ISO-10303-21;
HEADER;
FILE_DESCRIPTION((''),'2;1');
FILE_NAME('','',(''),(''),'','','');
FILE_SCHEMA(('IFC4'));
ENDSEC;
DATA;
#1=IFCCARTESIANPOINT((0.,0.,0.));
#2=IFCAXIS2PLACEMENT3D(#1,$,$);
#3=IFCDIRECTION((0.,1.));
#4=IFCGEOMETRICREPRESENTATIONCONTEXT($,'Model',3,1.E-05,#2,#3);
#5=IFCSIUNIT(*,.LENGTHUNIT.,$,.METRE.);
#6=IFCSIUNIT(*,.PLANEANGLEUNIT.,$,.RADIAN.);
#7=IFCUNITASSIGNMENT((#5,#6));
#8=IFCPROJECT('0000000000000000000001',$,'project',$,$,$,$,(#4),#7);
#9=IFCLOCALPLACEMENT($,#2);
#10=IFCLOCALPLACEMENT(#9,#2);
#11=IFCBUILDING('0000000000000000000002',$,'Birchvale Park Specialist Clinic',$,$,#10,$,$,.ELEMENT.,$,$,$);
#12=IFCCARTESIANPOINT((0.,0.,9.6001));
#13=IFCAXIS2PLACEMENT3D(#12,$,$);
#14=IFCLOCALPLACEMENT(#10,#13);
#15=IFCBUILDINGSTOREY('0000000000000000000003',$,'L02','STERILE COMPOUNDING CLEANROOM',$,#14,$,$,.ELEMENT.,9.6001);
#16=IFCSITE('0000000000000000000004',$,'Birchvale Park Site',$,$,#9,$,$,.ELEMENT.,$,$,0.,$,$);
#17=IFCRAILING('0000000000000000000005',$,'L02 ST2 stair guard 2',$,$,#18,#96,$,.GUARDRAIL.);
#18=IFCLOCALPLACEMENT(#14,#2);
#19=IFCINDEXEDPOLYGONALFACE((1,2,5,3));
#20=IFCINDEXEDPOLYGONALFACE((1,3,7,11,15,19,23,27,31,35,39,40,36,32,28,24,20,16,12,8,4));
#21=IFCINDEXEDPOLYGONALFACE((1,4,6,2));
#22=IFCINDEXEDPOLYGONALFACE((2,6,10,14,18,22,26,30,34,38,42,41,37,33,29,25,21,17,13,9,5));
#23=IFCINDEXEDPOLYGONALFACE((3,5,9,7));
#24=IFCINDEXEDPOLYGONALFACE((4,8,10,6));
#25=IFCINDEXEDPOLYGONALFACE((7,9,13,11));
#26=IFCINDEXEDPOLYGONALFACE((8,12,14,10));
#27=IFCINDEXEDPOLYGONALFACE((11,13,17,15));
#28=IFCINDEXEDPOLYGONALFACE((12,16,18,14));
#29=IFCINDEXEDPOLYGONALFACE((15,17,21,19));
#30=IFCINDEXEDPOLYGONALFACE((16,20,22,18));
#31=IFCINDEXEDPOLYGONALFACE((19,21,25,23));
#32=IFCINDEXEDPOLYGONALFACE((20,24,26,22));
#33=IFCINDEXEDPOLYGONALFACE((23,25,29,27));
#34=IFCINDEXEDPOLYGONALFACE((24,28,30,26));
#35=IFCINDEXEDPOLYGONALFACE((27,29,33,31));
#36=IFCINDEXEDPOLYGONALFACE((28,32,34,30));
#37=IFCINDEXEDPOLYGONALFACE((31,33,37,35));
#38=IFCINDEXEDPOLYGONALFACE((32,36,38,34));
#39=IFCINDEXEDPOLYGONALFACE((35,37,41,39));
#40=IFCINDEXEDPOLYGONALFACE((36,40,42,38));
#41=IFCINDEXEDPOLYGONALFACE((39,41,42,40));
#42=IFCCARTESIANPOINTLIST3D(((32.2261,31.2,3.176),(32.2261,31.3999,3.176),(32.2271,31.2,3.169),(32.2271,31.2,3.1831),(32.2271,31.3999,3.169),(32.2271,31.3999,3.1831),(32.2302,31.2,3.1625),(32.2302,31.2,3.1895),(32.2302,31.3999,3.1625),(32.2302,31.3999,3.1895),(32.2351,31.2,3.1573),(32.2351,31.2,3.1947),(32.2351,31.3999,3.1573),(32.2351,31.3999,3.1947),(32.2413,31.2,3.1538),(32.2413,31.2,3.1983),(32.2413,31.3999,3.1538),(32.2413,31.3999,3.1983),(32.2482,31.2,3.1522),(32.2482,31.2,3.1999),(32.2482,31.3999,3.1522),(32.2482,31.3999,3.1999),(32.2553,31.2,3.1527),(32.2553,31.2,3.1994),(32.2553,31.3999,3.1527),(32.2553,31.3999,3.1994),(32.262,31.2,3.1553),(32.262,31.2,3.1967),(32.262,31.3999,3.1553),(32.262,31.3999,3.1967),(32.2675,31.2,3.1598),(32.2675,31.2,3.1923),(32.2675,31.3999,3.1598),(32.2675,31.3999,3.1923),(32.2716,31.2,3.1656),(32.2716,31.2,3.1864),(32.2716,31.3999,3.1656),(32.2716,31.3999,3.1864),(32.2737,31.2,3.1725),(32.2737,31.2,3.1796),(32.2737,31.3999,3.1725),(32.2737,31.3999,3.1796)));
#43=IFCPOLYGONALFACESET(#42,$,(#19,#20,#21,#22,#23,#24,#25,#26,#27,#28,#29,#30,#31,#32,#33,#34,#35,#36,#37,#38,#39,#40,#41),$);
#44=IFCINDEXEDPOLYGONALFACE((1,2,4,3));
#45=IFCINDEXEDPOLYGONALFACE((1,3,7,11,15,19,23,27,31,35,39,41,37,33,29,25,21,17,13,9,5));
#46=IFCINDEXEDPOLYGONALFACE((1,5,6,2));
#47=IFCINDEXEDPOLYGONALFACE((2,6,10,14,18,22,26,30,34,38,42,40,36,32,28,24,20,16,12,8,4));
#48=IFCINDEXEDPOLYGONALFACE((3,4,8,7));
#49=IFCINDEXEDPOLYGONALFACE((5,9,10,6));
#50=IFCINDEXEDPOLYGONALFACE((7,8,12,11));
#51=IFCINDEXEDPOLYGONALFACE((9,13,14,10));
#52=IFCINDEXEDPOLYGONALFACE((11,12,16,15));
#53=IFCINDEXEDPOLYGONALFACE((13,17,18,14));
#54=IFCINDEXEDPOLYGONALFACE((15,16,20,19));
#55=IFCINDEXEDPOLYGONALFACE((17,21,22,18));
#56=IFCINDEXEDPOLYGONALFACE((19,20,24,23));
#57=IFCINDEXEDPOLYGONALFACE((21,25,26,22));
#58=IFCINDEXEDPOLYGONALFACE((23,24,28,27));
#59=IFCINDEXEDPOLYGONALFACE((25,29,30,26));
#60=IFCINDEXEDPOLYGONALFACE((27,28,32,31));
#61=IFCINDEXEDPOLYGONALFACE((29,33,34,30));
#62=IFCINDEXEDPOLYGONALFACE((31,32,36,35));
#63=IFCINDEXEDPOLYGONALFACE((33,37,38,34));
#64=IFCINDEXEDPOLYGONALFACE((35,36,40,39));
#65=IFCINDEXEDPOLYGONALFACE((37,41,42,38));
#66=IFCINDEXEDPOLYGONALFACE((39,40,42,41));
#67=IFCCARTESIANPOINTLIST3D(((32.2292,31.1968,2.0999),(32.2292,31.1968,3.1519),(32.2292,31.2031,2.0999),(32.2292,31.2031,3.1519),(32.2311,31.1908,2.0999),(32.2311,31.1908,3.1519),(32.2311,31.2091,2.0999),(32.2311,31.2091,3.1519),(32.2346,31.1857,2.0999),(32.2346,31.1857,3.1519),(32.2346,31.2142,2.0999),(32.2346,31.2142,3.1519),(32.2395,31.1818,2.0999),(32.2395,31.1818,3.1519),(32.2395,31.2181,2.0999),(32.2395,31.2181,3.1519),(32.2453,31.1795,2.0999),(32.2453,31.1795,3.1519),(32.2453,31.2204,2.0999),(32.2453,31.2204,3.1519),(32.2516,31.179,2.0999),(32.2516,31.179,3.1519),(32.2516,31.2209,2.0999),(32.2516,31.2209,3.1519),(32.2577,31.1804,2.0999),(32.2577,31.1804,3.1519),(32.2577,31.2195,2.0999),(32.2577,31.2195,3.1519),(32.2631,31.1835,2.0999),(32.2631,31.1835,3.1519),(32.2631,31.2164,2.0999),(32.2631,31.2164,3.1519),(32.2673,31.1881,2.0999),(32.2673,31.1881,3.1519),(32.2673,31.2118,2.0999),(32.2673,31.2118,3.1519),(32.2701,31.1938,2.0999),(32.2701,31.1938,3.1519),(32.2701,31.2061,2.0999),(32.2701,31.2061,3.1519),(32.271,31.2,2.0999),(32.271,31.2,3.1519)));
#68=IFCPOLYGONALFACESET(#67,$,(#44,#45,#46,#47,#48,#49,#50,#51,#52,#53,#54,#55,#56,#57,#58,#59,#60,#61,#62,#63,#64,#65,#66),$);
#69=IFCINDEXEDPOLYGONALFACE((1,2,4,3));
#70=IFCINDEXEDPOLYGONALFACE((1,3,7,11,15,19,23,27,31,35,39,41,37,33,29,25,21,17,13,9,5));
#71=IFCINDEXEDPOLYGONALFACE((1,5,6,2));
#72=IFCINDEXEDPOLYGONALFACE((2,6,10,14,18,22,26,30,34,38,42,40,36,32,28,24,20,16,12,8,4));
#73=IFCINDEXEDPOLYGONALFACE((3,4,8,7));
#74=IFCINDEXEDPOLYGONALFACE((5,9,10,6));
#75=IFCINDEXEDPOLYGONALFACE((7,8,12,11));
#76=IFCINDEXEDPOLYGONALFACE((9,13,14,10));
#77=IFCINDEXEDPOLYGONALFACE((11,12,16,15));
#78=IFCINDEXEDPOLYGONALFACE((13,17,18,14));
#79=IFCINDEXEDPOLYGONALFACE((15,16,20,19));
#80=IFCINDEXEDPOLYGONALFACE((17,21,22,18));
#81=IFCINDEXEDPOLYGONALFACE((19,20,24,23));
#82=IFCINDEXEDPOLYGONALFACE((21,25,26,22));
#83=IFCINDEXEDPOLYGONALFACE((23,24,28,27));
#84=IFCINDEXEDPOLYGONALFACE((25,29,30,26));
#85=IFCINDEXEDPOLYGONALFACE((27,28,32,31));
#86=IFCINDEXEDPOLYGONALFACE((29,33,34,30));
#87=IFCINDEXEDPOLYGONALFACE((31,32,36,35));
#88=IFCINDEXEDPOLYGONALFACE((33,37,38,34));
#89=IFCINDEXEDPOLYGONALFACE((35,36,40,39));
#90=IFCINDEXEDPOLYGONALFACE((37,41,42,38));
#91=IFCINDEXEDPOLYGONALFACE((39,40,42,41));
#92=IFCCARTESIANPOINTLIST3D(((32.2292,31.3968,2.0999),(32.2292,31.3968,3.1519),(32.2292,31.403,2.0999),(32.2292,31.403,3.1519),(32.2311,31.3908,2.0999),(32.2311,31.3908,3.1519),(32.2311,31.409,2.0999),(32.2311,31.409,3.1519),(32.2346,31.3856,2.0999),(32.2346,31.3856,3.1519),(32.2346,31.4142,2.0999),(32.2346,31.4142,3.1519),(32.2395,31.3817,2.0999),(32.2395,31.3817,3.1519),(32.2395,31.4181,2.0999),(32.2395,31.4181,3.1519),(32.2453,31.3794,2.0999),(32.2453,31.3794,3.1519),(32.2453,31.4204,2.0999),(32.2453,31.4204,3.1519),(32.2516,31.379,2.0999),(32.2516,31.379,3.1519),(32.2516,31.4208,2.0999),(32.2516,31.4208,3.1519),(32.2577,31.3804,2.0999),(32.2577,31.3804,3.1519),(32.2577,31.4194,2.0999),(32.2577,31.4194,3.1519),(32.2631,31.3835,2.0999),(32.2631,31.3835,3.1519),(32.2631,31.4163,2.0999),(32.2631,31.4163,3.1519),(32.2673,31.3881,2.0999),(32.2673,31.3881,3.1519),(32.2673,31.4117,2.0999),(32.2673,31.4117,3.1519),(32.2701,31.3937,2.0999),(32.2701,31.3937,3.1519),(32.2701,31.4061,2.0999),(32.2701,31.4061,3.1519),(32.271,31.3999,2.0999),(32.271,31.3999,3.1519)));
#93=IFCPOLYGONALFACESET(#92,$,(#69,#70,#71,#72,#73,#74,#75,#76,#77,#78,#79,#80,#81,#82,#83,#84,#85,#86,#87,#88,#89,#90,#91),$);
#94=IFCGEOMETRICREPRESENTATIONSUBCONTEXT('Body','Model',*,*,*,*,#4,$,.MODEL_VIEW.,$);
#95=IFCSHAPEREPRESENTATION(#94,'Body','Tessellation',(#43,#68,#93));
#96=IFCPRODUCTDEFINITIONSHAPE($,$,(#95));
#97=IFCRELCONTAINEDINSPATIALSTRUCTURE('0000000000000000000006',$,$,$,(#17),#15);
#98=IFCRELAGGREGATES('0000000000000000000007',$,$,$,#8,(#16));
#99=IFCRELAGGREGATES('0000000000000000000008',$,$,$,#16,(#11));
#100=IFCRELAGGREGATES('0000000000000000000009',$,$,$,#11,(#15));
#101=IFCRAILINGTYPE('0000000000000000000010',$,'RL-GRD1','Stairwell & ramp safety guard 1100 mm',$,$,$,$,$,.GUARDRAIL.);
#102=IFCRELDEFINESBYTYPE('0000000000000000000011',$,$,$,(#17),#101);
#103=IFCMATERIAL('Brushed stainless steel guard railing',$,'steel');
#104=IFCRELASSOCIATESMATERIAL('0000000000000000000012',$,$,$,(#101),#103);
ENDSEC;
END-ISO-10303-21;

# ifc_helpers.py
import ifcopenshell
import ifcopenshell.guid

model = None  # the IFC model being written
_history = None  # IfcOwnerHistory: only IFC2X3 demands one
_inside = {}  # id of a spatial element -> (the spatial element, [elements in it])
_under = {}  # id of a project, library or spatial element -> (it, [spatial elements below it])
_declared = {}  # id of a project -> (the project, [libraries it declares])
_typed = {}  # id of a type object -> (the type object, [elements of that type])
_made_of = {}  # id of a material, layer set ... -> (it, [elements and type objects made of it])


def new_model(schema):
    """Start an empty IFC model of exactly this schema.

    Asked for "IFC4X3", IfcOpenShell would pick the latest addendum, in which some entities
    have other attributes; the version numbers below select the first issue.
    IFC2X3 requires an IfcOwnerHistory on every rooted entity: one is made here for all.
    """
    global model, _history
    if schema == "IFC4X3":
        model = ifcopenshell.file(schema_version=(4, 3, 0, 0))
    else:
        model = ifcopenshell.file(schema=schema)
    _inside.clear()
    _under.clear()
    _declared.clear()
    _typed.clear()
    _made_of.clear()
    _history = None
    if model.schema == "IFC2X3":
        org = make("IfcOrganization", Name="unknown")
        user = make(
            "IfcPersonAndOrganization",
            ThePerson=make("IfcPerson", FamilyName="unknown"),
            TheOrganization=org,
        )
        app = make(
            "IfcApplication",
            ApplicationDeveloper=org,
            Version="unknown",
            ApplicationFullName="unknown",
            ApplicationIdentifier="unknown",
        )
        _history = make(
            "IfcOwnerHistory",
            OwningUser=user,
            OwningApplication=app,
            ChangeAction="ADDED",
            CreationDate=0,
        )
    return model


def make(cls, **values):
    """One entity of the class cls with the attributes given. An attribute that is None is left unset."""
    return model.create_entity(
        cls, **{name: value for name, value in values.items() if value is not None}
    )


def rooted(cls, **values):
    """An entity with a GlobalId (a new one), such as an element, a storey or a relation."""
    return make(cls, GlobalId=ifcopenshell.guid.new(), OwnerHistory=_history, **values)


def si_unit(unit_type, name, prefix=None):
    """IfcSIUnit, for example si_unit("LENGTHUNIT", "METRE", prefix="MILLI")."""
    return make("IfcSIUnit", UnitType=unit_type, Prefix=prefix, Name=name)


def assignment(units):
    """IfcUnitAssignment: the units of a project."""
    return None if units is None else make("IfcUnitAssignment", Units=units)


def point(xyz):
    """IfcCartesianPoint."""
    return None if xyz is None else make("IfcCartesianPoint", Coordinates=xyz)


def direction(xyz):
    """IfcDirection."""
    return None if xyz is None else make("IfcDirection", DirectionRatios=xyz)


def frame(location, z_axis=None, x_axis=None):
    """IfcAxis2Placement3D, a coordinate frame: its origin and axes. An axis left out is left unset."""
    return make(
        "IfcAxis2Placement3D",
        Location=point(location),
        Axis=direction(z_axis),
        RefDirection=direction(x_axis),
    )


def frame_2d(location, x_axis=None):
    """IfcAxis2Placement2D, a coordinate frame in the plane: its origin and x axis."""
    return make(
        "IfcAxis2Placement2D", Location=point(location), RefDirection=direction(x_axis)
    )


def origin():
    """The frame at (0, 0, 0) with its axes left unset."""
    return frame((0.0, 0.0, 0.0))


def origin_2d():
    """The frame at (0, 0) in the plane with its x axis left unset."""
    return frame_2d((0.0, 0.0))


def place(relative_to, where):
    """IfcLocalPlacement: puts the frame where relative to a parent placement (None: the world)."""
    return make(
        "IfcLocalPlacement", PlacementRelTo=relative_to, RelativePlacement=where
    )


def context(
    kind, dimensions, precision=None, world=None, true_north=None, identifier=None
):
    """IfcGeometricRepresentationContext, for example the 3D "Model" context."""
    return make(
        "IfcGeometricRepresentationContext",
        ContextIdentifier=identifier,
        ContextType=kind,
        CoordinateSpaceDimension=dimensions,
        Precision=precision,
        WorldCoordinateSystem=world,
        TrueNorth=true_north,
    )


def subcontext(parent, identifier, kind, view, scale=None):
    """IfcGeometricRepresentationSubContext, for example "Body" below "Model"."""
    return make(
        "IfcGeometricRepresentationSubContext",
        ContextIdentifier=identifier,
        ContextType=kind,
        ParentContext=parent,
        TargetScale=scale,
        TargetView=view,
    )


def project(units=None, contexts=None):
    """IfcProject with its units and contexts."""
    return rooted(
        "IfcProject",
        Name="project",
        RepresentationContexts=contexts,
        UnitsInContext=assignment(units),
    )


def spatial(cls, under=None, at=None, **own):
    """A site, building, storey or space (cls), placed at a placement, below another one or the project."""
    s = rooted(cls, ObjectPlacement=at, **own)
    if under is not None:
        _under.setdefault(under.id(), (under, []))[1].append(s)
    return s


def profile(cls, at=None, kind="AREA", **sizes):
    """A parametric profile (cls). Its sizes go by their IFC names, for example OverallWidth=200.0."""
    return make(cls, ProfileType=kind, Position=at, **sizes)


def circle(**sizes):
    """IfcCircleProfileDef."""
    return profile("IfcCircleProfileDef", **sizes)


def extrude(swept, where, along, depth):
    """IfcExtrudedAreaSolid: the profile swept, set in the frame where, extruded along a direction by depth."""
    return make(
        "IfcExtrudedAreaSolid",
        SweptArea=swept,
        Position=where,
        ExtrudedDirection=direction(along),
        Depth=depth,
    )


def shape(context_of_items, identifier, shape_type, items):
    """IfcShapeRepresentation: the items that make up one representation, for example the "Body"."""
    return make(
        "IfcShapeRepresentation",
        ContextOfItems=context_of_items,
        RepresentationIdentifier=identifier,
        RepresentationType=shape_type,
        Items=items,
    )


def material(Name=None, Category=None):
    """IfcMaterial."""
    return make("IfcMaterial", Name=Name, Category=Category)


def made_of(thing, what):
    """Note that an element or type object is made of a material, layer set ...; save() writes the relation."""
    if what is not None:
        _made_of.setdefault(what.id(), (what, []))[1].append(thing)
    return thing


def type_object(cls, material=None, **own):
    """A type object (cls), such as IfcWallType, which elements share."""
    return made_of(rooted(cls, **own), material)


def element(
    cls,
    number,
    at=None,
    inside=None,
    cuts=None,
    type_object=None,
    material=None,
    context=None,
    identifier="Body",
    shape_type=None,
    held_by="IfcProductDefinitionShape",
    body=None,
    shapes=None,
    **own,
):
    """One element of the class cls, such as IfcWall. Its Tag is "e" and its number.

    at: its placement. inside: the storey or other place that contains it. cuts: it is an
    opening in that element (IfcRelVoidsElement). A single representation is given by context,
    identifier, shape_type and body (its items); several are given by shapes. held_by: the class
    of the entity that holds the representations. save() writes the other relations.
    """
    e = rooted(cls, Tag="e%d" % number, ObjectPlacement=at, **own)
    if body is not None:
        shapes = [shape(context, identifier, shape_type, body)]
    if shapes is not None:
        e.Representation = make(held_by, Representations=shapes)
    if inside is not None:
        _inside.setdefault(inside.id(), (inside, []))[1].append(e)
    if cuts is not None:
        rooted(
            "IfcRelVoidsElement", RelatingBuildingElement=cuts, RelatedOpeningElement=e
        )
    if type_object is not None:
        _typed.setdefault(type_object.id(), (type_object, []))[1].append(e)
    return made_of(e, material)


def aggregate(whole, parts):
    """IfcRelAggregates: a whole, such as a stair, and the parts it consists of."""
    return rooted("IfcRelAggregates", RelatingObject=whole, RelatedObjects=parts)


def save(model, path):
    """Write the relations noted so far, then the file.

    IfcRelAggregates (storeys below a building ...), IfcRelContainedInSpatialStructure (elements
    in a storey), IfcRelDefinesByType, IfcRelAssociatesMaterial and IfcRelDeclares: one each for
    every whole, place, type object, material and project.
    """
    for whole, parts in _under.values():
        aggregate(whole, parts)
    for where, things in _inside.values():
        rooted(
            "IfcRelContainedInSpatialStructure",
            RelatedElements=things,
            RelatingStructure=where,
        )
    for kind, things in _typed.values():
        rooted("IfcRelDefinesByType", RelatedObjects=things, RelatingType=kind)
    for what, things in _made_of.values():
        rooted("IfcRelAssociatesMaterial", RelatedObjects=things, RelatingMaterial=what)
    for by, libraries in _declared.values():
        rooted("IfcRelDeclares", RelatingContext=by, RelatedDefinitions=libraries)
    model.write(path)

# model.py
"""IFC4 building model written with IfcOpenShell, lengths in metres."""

from ifc_helpers import new_model, si_unit, direction, frame, origin, origin_2d, place, context, subcontext, project, spatial, circle, extrude, material, type_object, element, save


model = new_model("IFC4")

# Units and contexts
model_context = context("Model", 3, precision=1e-05, world=origin(), true_north=direction((0.0, 1.0)))
body_context = subcontext(model_context, "Body", "Model", "MODEL_VIEW")
ifc_project = project(units=[si_unit("LENGTHUNIT", "METRE"), si_unit("PLANEANGLEUNIT", "RADIAN")], contexts=[model_context])

# Site, building, storey
site_placement = place(None, origin())
site = spatial("IfcSite", under=ifc_project, at=site_placement, Name="Birchvale Park Site", CompositionType="ELEMENT", RefElevation=0.0)
building_placement = place(site_placement, origin())
building = spatial("IfcBuilding", under=site, at=building_placement, Name="Birchvale Park Specialist Clinic", CompositionType="ELEMENT")
storey_placement = place(building_placement, frame((0.0, 0.0, 9.6001)))
storey = spatial("IfcBuildingStorey", under=building, at=storey_placement, Name="L02", Description="STERILE COMPOUNDING CLEANROOM", CompositionType="ELEMENT", Elevation=9.6001)

# Railing
ifc_material_1 = material(Name="Brushed stainless steel guard railing", Category="steel")
railing_type_1 = type_object("IfcRailingType", Name="RL-GRD1", Description="Stairwell & ramp safety guard 1100 mm", PredefinedType="GUARDRAIL", material=ifc_material_1)
railing_1_placement = place(storey_placement, frame((32.25, 31.2, 2.0999)))
element("IfcRailing", 1, at=railing_1_placement, inside=storey, type_object=railing_type_1, Name="L02 ST2 stair guard 2", PredefinedType="GUARDRAIL", context=body_context, shape_type="SweptSolid", body=[
    extrude(circle(Radius=0.0239, at=origin_2d()), frame((0.0, 0.0, 1.0762), z_axis=(0.0, 1.0, 0.0), x_axis=(-1.0, 0.0, 0.0)), (0.0, 0.0, 1.0), 0.2),
    extrude(circle(Radius=0.021, at=origin_2d()), origin(), (0.0, 0.0, 1.0), 1.052),
    extrude(circle(Radius=0.021, at=origin_2d()), frame((0.0, 0.2, 0.0)), (0.0, 0.0, 1.0), 1.052),
])

save(model, "model.ifc")
